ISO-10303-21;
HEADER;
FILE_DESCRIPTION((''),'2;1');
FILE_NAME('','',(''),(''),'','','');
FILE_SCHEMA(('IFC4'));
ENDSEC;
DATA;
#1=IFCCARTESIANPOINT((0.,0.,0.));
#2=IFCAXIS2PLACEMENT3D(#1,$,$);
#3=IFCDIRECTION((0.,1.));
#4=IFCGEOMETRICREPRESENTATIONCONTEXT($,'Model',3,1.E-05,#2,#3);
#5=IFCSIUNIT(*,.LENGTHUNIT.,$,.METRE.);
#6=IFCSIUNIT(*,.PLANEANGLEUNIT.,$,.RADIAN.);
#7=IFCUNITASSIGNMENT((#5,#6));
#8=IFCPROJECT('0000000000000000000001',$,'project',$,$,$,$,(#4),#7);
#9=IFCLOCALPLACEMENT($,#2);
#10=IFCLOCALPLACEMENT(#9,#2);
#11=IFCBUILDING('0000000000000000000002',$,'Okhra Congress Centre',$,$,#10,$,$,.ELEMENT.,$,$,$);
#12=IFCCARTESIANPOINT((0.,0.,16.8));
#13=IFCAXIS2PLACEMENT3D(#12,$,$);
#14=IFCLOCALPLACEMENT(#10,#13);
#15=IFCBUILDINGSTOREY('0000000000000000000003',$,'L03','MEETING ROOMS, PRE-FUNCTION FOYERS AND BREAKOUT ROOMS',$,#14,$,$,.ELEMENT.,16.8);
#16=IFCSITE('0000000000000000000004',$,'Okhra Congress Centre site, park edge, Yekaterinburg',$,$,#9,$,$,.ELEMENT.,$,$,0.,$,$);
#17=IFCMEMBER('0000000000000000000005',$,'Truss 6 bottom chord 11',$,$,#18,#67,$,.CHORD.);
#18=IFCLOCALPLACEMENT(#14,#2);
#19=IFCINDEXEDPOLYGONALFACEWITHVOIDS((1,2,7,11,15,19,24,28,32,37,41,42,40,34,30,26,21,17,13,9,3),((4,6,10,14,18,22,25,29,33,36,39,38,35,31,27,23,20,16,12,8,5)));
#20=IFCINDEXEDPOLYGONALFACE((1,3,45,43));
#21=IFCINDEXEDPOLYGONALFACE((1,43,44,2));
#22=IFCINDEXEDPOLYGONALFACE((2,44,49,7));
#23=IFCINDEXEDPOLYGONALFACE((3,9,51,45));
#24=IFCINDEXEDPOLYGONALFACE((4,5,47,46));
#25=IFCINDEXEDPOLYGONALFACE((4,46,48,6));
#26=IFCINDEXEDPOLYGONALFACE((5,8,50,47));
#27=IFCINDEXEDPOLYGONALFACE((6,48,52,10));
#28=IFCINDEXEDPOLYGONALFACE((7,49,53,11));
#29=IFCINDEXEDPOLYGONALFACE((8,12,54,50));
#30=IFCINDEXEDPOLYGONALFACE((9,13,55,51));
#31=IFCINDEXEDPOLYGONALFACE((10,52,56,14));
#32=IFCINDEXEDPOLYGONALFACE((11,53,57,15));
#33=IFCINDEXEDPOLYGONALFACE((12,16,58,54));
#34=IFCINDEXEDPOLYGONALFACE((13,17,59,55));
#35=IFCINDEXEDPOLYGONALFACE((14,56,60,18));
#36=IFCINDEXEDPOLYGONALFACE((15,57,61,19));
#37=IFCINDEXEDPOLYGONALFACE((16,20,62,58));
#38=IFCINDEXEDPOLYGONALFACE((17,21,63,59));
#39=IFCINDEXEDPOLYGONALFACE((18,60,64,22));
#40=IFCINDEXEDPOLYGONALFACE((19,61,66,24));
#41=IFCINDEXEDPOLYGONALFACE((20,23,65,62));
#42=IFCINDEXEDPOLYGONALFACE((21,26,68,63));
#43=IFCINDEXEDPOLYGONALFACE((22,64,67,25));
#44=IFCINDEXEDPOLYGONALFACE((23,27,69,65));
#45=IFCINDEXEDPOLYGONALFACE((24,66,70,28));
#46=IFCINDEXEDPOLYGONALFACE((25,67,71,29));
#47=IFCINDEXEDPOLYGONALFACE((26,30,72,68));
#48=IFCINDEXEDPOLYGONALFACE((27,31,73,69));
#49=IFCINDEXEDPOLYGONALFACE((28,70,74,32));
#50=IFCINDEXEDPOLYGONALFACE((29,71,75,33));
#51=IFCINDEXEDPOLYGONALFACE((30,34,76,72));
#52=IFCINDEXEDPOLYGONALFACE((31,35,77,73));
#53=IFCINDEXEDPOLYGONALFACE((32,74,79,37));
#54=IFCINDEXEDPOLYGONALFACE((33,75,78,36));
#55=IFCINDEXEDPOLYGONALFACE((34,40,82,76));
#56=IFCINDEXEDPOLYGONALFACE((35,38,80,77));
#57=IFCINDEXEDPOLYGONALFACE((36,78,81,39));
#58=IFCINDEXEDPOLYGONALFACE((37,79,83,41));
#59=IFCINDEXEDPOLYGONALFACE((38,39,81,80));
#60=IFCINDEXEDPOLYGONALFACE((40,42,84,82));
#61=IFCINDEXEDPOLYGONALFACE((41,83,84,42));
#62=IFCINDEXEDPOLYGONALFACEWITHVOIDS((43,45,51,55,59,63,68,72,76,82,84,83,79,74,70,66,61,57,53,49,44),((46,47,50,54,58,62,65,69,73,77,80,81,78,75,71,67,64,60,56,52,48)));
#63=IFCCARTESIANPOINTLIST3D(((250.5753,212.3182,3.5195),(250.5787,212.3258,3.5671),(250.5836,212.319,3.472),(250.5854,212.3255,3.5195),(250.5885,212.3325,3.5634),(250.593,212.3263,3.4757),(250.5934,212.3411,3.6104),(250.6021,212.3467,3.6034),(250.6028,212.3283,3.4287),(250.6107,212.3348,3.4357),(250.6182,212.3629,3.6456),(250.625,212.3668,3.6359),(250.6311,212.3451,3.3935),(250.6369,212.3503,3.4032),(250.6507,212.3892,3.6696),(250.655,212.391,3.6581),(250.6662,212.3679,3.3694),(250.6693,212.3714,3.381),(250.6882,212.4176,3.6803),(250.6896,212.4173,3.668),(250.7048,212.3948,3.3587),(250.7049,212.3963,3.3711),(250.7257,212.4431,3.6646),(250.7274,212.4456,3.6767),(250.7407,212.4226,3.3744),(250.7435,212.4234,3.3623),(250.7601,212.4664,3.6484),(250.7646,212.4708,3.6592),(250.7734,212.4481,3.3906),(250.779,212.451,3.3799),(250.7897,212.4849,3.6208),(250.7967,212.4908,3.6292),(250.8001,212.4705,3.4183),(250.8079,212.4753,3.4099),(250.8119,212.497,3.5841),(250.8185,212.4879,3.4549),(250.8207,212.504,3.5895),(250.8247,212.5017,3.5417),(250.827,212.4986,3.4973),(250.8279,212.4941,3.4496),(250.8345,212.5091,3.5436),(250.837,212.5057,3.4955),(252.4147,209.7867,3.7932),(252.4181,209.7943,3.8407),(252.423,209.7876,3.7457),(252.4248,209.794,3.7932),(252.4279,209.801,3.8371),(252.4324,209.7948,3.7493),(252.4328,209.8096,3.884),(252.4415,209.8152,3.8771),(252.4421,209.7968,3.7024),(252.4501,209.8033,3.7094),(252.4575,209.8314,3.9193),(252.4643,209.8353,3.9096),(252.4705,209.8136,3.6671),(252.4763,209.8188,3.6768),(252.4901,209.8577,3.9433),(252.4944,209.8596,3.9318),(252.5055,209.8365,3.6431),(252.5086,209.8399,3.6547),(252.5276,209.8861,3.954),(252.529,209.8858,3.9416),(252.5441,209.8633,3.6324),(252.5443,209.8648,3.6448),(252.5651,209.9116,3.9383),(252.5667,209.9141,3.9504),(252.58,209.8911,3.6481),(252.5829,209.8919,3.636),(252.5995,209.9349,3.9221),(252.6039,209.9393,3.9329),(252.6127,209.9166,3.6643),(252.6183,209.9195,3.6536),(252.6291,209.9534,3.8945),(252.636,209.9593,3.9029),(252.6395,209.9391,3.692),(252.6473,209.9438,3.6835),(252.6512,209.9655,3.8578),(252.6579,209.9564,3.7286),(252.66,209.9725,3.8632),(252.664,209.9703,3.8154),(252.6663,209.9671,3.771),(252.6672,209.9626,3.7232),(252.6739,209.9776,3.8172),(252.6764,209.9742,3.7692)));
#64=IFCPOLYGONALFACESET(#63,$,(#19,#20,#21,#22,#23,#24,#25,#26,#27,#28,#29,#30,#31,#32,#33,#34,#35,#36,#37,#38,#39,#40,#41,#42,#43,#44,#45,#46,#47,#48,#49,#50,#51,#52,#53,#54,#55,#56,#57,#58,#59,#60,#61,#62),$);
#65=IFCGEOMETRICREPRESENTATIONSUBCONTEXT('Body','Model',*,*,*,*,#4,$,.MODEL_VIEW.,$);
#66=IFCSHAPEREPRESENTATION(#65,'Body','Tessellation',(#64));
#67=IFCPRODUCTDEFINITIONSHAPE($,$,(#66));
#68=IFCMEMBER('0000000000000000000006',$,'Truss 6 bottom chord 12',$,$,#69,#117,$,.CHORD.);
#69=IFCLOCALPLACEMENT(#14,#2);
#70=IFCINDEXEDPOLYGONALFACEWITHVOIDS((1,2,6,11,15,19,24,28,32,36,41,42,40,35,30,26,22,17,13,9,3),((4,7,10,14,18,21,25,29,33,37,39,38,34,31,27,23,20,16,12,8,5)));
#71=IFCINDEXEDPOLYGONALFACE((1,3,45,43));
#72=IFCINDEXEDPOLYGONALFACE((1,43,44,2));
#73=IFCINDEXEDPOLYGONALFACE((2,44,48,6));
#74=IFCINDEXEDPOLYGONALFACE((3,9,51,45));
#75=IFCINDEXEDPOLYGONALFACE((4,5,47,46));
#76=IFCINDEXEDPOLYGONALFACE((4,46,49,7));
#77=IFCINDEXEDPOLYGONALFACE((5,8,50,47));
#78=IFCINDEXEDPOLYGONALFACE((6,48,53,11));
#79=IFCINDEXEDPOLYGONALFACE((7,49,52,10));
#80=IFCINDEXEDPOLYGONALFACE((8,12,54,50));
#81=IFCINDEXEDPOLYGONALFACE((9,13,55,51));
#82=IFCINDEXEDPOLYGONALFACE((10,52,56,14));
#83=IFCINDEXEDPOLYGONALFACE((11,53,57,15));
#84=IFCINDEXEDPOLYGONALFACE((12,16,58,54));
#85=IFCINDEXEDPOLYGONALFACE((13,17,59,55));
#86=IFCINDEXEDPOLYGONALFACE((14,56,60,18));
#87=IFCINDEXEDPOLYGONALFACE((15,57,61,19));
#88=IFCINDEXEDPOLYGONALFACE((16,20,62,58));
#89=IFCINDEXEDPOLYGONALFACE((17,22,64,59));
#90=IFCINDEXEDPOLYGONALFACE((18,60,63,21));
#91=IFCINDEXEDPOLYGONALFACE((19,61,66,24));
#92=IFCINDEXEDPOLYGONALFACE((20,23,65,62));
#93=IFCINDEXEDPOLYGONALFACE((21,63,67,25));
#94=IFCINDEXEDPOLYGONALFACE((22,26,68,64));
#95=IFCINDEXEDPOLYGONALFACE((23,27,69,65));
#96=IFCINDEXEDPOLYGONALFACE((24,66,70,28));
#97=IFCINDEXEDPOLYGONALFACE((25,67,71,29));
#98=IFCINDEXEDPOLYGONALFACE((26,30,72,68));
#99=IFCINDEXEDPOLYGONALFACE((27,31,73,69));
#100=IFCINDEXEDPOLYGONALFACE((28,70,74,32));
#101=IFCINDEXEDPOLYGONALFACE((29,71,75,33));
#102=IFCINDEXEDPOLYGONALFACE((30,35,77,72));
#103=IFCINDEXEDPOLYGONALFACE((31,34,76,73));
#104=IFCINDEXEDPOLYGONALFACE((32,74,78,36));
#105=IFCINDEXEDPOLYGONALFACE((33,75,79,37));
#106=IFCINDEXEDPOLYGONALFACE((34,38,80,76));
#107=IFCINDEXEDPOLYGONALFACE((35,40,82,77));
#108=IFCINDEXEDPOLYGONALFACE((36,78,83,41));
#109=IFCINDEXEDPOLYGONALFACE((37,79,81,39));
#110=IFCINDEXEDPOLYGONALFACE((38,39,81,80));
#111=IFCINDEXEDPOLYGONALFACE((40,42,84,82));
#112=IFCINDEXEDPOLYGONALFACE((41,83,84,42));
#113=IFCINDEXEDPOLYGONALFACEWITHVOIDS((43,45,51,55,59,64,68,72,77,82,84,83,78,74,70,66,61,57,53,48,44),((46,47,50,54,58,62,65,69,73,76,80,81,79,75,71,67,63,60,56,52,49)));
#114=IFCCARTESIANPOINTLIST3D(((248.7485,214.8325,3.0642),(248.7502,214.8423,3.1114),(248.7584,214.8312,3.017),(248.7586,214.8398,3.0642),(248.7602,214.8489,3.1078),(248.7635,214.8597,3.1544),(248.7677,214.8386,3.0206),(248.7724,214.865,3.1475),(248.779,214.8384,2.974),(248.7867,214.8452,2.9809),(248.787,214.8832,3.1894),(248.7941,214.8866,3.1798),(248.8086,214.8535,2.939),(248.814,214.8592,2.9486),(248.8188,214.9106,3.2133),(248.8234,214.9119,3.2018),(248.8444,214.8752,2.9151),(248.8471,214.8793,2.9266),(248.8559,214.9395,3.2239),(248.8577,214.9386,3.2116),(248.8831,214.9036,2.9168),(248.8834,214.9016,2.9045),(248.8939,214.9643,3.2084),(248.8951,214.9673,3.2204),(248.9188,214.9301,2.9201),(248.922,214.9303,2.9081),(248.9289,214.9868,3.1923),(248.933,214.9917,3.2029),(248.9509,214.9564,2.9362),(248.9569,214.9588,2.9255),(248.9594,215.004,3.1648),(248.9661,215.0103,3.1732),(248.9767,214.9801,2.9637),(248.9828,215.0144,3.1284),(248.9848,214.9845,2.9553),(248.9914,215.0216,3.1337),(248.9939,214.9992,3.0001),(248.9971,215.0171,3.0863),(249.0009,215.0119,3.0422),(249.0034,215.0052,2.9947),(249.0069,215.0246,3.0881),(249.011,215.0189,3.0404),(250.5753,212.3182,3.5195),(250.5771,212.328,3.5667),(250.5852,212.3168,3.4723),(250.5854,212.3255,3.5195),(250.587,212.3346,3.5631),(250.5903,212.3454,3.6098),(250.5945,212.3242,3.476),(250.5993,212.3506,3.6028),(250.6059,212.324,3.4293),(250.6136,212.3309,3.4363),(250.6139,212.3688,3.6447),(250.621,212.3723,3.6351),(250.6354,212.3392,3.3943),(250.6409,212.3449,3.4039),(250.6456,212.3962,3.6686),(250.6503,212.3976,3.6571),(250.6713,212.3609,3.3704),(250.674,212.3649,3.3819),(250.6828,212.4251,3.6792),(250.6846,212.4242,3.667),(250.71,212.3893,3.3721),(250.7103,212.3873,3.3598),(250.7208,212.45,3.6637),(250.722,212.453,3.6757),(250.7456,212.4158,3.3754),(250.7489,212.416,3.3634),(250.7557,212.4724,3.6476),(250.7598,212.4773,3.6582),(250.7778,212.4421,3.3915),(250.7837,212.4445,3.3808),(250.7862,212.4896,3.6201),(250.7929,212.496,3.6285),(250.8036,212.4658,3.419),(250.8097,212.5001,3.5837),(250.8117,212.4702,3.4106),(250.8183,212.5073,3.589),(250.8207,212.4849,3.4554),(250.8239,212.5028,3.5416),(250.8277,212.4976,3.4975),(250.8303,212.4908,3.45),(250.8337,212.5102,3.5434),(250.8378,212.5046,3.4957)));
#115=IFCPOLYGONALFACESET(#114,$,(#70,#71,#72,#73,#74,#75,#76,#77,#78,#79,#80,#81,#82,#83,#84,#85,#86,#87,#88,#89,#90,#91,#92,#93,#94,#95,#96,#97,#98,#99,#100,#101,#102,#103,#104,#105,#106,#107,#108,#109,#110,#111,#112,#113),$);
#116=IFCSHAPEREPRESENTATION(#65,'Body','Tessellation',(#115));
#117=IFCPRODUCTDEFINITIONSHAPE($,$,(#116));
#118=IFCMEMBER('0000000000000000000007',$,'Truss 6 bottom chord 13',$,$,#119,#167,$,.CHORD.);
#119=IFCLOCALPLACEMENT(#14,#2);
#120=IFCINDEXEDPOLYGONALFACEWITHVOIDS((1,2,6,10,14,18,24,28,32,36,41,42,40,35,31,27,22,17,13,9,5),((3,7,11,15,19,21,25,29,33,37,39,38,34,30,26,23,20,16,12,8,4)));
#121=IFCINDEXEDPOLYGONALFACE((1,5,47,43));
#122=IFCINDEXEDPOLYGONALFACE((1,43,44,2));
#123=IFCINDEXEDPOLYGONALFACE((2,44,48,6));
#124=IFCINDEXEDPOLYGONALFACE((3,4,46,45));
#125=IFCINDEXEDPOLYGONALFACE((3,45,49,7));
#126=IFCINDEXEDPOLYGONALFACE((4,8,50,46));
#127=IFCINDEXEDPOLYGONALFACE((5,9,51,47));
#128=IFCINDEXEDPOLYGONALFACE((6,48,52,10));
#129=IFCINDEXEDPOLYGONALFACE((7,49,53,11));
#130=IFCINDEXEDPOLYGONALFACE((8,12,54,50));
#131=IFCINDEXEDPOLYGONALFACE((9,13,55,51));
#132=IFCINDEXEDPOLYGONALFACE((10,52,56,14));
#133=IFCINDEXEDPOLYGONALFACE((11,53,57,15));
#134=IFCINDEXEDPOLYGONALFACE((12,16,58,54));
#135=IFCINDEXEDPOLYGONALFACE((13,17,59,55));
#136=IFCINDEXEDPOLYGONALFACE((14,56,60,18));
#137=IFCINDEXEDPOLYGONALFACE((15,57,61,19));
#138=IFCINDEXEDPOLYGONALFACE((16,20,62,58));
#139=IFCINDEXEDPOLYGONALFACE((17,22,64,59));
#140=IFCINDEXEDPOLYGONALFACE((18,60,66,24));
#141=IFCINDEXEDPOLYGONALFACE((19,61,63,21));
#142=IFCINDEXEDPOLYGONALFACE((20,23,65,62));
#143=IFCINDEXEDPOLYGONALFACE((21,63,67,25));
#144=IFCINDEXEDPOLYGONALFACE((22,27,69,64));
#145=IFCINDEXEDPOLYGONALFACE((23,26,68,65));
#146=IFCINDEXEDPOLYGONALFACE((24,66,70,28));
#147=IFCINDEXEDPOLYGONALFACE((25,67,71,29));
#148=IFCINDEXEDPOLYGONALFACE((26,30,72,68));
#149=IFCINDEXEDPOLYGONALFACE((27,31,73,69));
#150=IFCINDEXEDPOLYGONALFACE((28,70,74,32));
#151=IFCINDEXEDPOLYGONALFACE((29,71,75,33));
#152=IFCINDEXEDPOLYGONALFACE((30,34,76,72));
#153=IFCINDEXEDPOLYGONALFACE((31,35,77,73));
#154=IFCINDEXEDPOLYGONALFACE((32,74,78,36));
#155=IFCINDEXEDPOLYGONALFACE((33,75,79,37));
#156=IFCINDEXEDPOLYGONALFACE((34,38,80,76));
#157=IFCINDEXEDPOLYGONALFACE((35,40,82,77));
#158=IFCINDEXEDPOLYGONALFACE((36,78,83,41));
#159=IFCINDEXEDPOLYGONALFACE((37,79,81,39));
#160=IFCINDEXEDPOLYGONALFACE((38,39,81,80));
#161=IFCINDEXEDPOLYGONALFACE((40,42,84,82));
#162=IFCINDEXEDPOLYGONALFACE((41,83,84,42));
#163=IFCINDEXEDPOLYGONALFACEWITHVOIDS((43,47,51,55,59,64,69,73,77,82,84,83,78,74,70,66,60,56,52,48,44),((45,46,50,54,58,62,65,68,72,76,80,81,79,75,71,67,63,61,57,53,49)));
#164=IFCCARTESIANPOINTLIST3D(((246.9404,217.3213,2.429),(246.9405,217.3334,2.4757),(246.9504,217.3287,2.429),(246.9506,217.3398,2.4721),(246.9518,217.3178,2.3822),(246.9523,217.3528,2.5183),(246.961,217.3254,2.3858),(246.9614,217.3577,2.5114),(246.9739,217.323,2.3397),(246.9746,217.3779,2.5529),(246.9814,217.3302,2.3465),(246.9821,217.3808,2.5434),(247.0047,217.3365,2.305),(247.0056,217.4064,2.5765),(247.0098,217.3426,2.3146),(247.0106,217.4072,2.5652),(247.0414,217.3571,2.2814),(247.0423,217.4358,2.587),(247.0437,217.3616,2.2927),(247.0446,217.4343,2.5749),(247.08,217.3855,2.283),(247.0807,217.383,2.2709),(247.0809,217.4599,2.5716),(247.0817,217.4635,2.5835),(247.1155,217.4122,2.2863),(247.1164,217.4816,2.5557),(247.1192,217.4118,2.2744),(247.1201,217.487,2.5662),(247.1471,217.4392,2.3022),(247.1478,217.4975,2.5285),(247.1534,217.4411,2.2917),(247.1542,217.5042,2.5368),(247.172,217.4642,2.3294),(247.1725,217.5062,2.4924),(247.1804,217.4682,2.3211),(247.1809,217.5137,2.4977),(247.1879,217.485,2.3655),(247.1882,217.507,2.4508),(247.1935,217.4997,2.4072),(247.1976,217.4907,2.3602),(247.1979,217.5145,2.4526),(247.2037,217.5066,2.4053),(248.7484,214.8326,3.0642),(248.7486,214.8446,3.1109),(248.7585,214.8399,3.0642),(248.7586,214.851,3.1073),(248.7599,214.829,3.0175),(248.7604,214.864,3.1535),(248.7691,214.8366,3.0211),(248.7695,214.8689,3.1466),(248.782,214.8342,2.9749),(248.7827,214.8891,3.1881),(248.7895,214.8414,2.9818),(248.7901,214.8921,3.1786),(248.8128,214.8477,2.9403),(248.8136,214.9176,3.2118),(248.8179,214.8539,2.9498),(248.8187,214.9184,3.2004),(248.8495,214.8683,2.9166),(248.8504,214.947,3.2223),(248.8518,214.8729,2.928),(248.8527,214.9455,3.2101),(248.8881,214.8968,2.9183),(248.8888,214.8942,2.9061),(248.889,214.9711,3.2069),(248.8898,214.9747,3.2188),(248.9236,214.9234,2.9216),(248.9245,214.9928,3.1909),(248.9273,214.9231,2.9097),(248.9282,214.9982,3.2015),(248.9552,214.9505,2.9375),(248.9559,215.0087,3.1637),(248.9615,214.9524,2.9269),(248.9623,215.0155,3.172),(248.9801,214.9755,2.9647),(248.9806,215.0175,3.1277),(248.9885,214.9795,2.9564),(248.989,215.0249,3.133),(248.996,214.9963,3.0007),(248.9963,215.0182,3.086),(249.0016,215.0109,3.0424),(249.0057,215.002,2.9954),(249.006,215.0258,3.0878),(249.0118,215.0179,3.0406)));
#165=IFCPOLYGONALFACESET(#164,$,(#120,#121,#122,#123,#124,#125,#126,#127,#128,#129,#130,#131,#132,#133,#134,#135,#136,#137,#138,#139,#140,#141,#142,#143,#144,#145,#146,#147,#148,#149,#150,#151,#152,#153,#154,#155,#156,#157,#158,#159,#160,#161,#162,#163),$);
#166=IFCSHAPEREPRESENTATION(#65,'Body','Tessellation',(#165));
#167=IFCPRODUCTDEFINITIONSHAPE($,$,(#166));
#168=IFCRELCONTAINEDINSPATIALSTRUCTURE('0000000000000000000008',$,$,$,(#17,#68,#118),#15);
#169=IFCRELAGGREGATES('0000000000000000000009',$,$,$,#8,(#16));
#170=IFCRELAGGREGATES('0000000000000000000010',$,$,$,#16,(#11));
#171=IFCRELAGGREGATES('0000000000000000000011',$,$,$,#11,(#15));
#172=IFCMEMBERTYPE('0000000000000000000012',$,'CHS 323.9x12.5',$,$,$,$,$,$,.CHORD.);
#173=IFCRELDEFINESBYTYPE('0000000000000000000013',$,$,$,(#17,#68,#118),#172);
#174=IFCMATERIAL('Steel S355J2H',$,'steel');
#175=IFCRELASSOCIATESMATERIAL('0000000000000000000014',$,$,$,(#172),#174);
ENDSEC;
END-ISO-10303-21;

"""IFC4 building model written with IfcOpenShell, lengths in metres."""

from ifc_helpers import new_model, si_unit, direction, frame, origin, origin_2d, place, context, subcontext, project, spatial, hollow_circle, extrude, material, material_profile, profile_set, type_object, element, save


model = new_model("IFC4")

# Units and contexts
model_context = context("Model", 3, precision=1e-05, world=origin(), true_north=direction((0.0, 1.0)))
body_context = subcontext(model_context, "Body", "Model", "MODEL_VIEW")
ifc_project = project(units=[si_unit("LENGTHUNIT", "METRE"), si_unit("PLANEANGLEUNIT", "RADIAN")], contexts=[model_context])

# Site, building, storey
site_placement = place(None, origin())
site = spatial("IfcSite", under=ifc_project, at=site_placement, Name="Okhra Congress Centre site, park edge, Yekaterinburg", CompositionType="ELEMENT", RefElevation=0.0)
building_placement = place(site_placement, origin())
building = spatial("IfcBuilding", under=site, at=building_placement, Name="Okhra Congress Centre", CompositionType="ELEMENT")
storey_placement = place(building_placement, frame((0.0, 0.0, 16.8)))
storey = spatial("IfcBuildingStorey", under=building, at=storey_placement, Name="L03", Description="MEETING ROOMS, PRE-FUNCTION FOYERS AND BREAKOUT ROOMS", CompositionType="ELEMENT", Elevation=16.8)

# Members
ifc_material_1 = material(Name="Steel S355J2H", Category="steel")
ifc_material_profile_1 = material_profile(ifc_material_1, hollow_circle(Radius=0.1619, WallThickness=0.0125, at=origin_2d()), Name="CHS 323.9x12.5")
ifc_profile_set_1 = profile_set([ifc_material_profile_1], Name="Steel S355J2H")
member_type_1 = type_object("IfcMemberType", Name="CHS 323.9x12.5", PredefinedType="CHORD", material=ifc_profile_set_1)
for number, where, z_axis, x_axis, name in (
    (1, (252.5457, 209.8818, 3.7932), (-0.585574, 0.805923, -0.087129), (-0.808999, -0.58781, 0.0), "Truss 6 bottom chord 11"),
    (2, (250.7063, 212.4133, 3.5195), (-0.581595, 0.80046, -0.144952), (-0.809004, -0.587803, 0.0), "Truss 6 bottom chord 12"),
    (3, (248.8794, 214.9277, 3.0642), (-0.575621, 0.792314, -0.202237), (-0.809031, -0.587766, 0.0), "Truss 6 bottom chord 13"),
):
    element("IfcMember", number, at=place(storey_placement, frame(where, z_axis=z_axis, x_axis=x_axis)), inside=storey, type_object=member_type_1, Name=name, PredefinedType="CHORD", context=body_context, shape_type="SweptSolid", body=[
        extrude(hollow_circle(Radius=0.1619, WallThickness=0.0125, at=origin_2d()), origin(), (0.0, 0.0, 1.0), 3.1411),
    ])

save(model, "model.ifc")
